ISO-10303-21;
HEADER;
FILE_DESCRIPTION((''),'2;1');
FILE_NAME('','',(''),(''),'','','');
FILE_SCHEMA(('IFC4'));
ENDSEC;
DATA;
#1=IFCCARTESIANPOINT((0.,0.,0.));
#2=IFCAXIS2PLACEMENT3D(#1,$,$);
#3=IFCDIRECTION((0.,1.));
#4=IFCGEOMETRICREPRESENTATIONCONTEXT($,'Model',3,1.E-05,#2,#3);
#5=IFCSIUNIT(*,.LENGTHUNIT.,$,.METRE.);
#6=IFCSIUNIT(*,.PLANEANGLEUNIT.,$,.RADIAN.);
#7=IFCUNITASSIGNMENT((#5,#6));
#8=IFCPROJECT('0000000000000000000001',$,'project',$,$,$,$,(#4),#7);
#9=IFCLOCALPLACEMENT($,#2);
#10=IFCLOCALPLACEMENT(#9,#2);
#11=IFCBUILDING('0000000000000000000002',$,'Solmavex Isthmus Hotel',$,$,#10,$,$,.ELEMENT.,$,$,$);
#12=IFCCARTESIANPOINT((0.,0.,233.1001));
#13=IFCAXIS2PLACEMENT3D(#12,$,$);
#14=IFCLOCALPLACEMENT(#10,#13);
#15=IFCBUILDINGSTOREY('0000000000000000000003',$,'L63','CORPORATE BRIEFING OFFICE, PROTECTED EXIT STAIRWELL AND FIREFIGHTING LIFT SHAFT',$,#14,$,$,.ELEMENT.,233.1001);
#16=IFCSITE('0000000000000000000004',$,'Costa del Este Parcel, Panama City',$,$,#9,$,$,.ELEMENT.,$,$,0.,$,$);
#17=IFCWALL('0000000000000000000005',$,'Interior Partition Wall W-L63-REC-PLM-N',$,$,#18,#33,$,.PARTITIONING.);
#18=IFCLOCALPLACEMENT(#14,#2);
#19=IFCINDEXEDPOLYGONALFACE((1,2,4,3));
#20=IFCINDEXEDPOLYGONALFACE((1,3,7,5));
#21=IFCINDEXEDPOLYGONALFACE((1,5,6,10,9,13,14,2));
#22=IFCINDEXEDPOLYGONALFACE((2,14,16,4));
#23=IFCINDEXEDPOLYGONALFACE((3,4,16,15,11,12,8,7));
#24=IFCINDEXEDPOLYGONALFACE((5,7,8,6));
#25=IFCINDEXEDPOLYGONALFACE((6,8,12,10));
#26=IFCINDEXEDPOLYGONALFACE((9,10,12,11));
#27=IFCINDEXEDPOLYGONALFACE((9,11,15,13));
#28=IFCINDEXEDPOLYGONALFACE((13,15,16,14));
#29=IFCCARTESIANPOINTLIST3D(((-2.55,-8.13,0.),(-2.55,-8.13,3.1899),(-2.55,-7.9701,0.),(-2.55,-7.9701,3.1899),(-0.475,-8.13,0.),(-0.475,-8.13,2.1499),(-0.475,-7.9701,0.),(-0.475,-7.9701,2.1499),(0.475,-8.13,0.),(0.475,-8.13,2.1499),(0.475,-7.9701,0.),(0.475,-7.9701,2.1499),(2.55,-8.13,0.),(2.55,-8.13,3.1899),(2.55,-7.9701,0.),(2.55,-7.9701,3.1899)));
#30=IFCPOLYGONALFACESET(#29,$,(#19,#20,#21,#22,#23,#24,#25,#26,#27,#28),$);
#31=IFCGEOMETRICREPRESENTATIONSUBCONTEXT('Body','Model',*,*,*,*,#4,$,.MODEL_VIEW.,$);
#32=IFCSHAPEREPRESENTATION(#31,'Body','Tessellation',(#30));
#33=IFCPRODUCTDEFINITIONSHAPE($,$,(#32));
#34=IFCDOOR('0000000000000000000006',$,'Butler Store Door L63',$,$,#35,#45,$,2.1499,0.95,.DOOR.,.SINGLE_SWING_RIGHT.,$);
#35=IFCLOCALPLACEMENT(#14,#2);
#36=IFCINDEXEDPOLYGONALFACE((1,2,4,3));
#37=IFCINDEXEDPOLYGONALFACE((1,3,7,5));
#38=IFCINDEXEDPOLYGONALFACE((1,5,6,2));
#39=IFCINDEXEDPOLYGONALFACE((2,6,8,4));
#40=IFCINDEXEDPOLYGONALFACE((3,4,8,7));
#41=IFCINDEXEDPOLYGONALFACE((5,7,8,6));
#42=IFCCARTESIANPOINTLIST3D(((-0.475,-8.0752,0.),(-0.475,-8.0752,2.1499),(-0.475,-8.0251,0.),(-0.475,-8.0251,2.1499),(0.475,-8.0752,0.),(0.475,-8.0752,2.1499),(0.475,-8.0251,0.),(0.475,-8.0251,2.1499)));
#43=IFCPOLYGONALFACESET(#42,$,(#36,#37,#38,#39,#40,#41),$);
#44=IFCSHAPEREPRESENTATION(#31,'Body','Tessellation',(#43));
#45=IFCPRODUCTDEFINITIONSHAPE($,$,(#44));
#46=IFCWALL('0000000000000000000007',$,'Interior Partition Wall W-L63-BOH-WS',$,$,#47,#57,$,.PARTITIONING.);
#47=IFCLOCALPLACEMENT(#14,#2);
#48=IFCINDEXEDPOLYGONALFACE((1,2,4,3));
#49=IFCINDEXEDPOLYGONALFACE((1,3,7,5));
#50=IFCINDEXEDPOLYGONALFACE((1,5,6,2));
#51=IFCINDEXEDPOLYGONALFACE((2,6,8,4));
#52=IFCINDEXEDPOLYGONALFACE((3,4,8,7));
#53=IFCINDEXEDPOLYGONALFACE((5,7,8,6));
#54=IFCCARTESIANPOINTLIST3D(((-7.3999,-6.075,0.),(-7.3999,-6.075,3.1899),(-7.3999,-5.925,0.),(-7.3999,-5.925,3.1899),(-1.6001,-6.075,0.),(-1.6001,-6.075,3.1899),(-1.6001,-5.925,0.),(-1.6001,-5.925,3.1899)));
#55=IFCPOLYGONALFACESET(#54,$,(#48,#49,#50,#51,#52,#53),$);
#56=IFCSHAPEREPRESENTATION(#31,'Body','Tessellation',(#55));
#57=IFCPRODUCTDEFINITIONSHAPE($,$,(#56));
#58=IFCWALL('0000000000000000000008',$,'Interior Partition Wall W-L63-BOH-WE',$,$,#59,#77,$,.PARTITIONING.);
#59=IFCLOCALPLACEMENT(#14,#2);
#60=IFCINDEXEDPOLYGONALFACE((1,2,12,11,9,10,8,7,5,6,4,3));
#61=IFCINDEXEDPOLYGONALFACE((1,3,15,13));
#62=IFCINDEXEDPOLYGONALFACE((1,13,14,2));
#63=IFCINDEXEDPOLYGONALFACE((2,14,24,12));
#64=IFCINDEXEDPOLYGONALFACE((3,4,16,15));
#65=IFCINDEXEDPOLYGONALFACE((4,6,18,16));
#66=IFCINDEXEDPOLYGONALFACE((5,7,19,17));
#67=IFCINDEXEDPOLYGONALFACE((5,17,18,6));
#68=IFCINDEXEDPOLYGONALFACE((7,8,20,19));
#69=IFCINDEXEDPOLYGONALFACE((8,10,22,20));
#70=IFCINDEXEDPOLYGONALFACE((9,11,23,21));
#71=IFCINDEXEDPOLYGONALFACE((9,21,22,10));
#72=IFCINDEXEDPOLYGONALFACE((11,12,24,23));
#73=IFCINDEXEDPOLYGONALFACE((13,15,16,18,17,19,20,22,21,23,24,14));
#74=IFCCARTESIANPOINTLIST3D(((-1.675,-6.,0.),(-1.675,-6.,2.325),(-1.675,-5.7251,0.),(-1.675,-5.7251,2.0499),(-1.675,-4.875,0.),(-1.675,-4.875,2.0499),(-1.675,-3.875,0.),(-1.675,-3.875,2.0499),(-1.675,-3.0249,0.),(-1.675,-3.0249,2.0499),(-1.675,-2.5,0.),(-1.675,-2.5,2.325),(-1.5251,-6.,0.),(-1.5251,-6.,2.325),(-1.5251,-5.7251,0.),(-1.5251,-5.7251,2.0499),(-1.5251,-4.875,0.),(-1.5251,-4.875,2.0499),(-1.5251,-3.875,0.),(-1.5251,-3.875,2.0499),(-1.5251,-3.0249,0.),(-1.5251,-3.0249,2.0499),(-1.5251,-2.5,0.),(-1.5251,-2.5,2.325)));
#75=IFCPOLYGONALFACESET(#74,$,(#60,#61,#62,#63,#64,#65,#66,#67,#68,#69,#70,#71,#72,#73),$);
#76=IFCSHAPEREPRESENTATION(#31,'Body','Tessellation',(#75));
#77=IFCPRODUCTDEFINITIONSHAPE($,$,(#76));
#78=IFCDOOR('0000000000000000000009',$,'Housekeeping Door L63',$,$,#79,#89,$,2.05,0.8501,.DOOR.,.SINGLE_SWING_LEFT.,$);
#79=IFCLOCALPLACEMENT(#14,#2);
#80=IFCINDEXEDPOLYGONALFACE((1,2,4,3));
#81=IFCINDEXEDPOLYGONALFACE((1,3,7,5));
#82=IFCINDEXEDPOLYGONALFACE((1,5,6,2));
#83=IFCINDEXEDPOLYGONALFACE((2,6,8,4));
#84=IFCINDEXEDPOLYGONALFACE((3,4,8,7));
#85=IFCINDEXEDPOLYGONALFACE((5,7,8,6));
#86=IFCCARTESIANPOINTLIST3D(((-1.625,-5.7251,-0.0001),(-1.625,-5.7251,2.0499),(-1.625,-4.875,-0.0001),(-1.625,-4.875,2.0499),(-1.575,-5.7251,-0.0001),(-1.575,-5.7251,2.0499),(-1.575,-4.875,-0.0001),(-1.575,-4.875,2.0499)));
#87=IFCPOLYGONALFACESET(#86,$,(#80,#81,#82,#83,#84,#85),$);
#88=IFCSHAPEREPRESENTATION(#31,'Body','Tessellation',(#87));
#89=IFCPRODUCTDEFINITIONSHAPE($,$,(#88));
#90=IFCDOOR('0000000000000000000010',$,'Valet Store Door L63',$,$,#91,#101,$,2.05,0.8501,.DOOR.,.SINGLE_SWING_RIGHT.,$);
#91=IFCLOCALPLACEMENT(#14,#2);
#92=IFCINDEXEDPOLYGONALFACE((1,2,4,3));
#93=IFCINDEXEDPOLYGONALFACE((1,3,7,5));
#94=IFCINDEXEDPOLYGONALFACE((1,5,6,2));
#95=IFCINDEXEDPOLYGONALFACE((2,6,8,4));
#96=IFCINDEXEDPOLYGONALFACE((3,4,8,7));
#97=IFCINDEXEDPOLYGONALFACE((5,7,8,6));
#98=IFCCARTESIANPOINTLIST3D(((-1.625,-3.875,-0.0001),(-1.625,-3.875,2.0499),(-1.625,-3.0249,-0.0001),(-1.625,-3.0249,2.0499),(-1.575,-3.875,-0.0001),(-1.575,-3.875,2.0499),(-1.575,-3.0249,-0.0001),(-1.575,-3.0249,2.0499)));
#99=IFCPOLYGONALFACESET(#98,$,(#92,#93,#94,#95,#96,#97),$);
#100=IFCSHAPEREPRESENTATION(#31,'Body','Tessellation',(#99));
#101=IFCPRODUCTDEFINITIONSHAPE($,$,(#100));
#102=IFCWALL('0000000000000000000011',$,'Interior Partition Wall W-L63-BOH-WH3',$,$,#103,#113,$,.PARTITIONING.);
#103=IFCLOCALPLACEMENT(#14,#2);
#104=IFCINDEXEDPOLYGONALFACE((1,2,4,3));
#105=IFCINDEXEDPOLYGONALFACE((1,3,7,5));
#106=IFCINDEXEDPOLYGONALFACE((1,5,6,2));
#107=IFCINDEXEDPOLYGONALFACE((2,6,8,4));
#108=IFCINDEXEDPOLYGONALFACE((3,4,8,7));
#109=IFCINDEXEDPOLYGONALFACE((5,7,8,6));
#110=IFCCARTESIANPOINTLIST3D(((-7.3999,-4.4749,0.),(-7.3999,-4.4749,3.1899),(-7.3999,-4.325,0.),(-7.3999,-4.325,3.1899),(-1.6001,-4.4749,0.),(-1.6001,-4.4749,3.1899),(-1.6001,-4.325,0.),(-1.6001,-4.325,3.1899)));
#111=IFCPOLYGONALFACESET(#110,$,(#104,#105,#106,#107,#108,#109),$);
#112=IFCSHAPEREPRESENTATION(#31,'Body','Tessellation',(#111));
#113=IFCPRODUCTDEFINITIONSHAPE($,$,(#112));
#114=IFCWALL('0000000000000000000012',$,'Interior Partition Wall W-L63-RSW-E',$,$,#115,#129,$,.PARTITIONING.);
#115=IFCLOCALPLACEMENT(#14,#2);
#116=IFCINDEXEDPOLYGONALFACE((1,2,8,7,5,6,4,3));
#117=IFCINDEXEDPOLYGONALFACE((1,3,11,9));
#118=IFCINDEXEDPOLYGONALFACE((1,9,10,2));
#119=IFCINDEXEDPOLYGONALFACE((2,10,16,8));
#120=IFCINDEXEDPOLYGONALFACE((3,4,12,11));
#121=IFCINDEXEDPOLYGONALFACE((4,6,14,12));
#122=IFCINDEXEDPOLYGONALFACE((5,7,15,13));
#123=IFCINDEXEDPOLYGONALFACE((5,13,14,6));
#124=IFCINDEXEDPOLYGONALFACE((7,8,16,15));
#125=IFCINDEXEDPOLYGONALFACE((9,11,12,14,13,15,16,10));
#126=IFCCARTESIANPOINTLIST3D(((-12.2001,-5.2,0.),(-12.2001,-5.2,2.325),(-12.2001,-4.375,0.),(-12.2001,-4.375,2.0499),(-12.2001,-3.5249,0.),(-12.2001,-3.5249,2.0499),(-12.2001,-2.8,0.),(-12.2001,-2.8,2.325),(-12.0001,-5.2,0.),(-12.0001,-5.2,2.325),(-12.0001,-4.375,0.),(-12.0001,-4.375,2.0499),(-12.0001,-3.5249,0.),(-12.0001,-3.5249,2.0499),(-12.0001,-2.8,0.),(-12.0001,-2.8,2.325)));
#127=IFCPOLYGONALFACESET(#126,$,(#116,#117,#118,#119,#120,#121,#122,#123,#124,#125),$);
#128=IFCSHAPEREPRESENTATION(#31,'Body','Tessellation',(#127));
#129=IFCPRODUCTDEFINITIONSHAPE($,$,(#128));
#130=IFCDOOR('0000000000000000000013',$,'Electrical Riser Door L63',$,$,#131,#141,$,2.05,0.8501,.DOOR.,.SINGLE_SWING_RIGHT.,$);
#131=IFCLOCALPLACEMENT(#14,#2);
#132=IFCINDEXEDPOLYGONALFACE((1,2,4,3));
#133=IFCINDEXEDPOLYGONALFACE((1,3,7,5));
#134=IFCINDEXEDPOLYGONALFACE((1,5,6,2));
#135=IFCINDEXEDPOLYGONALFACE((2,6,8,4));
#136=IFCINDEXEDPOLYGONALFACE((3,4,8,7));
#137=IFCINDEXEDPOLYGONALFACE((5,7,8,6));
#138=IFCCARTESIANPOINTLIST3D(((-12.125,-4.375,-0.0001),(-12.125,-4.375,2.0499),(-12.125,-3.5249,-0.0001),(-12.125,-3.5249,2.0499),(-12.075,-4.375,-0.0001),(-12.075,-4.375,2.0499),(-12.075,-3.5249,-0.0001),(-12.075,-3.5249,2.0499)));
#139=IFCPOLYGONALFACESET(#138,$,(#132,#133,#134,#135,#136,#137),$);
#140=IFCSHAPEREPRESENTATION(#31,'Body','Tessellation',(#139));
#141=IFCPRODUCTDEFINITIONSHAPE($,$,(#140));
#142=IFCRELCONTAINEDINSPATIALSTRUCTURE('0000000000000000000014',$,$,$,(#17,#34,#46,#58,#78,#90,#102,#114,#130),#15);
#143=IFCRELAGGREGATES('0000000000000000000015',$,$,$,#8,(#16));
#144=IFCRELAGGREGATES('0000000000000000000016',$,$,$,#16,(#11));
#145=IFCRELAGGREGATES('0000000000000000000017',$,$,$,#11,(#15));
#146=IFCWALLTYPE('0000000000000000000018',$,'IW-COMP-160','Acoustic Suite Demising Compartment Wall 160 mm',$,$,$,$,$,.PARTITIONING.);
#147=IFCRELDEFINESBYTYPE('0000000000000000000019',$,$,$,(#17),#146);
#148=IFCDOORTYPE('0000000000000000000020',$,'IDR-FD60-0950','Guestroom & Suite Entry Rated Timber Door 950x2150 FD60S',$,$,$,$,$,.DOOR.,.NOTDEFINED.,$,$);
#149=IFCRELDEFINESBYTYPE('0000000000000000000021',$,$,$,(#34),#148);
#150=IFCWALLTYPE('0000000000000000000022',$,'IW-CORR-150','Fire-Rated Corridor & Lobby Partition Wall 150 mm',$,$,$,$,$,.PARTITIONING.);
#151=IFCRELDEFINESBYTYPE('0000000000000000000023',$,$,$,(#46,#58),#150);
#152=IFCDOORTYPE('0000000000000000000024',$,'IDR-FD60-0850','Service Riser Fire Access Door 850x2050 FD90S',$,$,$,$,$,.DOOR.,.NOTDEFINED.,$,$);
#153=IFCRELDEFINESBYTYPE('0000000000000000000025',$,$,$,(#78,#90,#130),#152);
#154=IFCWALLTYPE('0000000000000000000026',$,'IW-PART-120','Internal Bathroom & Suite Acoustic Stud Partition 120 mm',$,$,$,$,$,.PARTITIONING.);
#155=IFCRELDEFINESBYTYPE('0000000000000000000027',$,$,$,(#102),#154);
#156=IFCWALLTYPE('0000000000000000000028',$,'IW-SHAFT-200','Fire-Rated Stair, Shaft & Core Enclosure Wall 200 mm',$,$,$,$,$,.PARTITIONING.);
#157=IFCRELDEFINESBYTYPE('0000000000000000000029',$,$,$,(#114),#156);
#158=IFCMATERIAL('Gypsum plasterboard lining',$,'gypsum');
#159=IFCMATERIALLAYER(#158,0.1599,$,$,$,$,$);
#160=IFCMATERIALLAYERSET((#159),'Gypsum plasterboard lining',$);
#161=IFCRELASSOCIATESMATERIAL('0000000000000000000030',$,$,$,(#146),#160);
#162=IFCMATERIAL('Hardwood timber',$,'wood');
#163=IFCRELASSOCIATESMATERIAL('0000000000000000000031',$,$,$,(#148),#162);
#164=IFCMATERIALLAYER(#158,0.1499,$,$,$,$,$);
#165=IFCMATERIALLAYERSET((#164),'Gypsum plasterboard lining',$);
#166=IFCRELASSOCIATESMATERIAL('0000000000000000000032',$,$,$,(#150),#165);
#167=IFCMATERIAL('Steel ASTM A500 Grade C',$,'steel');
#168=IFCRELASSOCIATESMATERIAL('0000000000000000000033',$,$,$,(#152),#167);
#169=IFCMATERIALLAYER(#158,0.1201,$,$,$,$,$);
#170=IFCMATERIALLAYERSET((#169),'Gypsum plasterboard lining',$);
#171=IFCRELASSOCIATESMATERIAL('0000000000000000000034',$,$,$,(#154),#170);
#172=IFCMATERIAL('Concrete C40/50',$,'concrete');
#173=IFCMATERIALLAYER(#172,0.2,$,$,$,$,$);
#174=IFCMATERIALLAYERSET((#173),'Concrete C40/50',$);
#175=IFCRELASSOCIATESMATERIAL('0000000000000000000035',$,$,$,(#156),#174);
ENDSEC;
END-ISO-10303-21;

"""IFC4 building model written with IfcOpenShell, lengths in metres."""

from ifc_helpers import new_model, si_unit, direction, frame, frame_2d, origin, place, context, subcontext, project, spatial, rectangle, extrude, material, layer, layer_set, type_object, element, fill, save


model = new_model("IFC4")

# Units and contexts
model_context = context("Model", 3, precision=1e-05, world=origin(), true_north=direction((0.0, 1.0)))
body_context = subcontext(model_context, "Body", "Model", "MODEL_VIEW")
ifc_project = project(units=[si_unit("LENGTHUNIT", "METRE"), si_unit("PLANEANGLEUNIT", "RADIAN")], contexts=[model_context])

# Site, building, storey
site_placement = place(None, origin())
site = spatial("IfcSite", under=ifc_project, at=site_placement, Name="Costa del Este Parcel, Panama City", CompositionType="ELEMENT", RefElevation=0.0)
building_placement = place(site_placement, origin())
building = spatial("IfcBuilding", under=site, at=building_placement, Name="Solmavex Isthmus Hotel", CompositionType="ELEMENT")
storey_placement = place(building_placement, frame((0.0, 0.0, 233.1001)))
storey = spatial("IfcBuildingStorey", under=building, at=storey_placement, Name="L63", Description="CORPORATE BRIEFING OFFICE, PROTECTED EXIT STAIRWELL AND FIREFIGHTING LIFT SHAFT", CompositionType="ELEMENT", Elevation=233.1001)

# Wall, opening, door
ifc_material_1 = material(Name="Gypsum plasterboard lining", Category="gypsum")
ifc_layer_1 = layer(ifc_material_1, 0.1599)
ifc_layer_set_1 = layer_set([ifc_layer_1], Name="Gypsum plasterboard lining")
wall_type_1 = type_object("IfcWallType", Name="IW-COMP-160", Description="Acoustic Suite Demising Compartment Wall 160 mm", PredefinedType="PARTITIONING", material=ifc_layer_set_1)
ifc_material_2 = material(Name="Hardwood timber", Category="wood")
door_type_1 = type_object("IfcDoorType", Name="IDR-FD60-0950", Description="Guestroom & Suite Entry Rated Timber Door 950x2150 FD60S", OperationType="NOTDEFINED", PredefinedType="DOOR", material=ifc_material_2)
wall_1_placement = place(storey_placement, frame((-2.55, -8.05, 0.0), z_axis=(0.0, 0.0, 1.0), x_axis=(1.0, 0.0, 0.0)))
wall_1 = element("IfcWall", 1, at=wall_1_placement, inside=storey, type_object=wall_type_1, Name="Interior Partition Wall W-L63-REC-PLM-N", PredefinedType="PARTITIONING", context=body_context, shape_type="SweptSolid", body=[
    extrude(rectangle(XDim=5.1001, YDim=0.1599, at=frame_2d((2.55, 0.0))), origin(), (0.0, 0.0, 1.0), 3.1899),
])
opening_1_placement = place(wall_1_placement, frame((2.075, 0.0, 0.0)))
opening_1 = element("IfcOpeningElement", 2, at=opening_1_placement, cuts=wall_1, PredefinedType="OPENING", context=body_context, shape_type="SweptSolid", body=[
    extrude(rectangle(XDim=0.95, YDim=2.1499, at=frame_2d((0.4751, 1.075))), frame((0.0, 0.0898, 0.0), z_axis=(0.0, -1.0, 0.0), x_axis=(1.0, 0.0, 0.0)), (0.0, 0.0, 1.0), 0.1799),
])
door_1_placement = place(opening_1_placement, origin())
door_1 = element("IfcDoor", 3, at=door_1_placement, inside=storey, type_object=door_type_1, Name="Butler Store Door L63", OperationType="SINGLE_SWING_RIGHT", OverallHeight=2.1499, OverallWidth=0.95, PredefinedType="DOOR", context=body_context, shape_type="SweptSolid", body=[
    extrude(rectangle(XDim=0.95, YDim=2.1499, at=frame_2d((0.4751, 1.075))), frame((0.0, 0.0249, 0.0), z_axis=(0.0, -1.0, 0.0), x_axis=(1.0, 0.0, 0.0)), (0.0, 0.0, 1.0), 0.05),
])
fill(opening_1, door_1)

# Wall
ifc_layer_2 = layer(ifc_material_1, 0.1499)
ifc_layer_set_2 = layer_set([ifc_layer_2], Name="Gypsum plasterboard lining")
wall_type_2 = type_object("IfcWallType", Name="IW-CORR-150", Description="Fire-Rated Corridor & Lobby Partition Wall 150 mm", PredefinedType="PARTITIONING", material=ifc_layer_set_2)
wall_2_placement = place(storey_placement, frame((-7.3999, -6.0, 0.0), z_axis=(0.0, 0.0, 1.0), x_axis=(1.0, 0.0, 0.0)))
element("IfcWall", 4, at=wall_2_placement, inside=storey, type_object=wall_type_2, Name="Interior Partition Wall W-L63-BOH-WS", PredefinedType="PARTITIONING", context=body_context, shape_type="SweptSolid", body=[
    extrude(rectangle(XDim=5.7998, YDim=0.1499, at=frame_2d((2.8999, 0.0))), origin(), (0.0, 0.0, 1.0), 3.1899),
])

# Wall, openings, doors
wall_3_placement = place(storey_placement, frame((-1.6001, -6.0, 0.0), z_axis=(0.0, 0.0, 1.0), x_axis=(0.0, 1.0, 0.0)))
wall_3 = element("IfcWall", 5, at=wall_3_placement, inside=storey, type_object=wall_type_2, Name="Interior Partition Wall W-L63-BOH-WE", PredefinedType="PARTITIONING", context=body_context, shape_type="SweptSolid", body=[
    extrude(rectangle(XDim=3.5, YDim=0.1499, at=frame_2d((1.75, 0.0))), origin(), (0.0, 0.0, 1.0), 2.325),
])
opening_2_placement = place(wall_3_placement, frame((0.2749, 0.0, 0.0)))
opening_2 = element("IfcOpeningElement", 6, at=opening_2_placement, cuts=wall_3, PredefinedType="OPENING", context=body_context, shape_type="SweptSolid", body=[
    extrude(rectangle(XDim=0.8501, YDim=2.05, at=frame_2d((0.425, 1.0249))), frame((0.0, 0.085, 0.0), z_axis=(0.0, -1.0, 0.0), x_axis=(1.0, 0.0, 0.0)), (0.0, 0.0, 1.0), 0.1699),
])
opening_3_placement = place(wall_3_placement, frame((2.125, 0.0, 0.0)))
opening_3 = element("IfcOpeningElement", 7, at=opening_3_placement, cuts=wall_3, PredefinedType="OPENING", context=body_context, shape_type="SweptSolid", body=[
    extrude(rectangle(XDim=0.8501, YDim=2.05, at=frame_2d((0.425, 1.0249))), frame((0.0, 0.085, 0.0), z_axis=(0.0, -1.0, 0.0), x_axis=(1.0, 0.0, 0.0)), (0.0, 0.0, 1.0), 0.1699),
])
ifc_material_3 = material(Name="Steel ASTM A500 Grade C", Category="steel")
door_type_2 = type_object("IfcDoorType", Name="IDR-FD60-0850", Description="Service Riser Fire Access Door 850x2050 FD90S", OperationType="NOTDEFINED", PredefinedType="DOOR", material=ifc_material_3)
door_2_placement = place(opening_2_placement, origin())
door_2 = element("IfcDoor", 8, at=door_2_placement, inside=storey, type_object=door_type_2, Name="Housekeeping Door L63", OperationType="SINGLE_SWING_LEFT", OverallHeight=2.05, OverallWidth=0.8501, PredefinedType="DOOR", context=body_context, shape_type="SweptSolid", body=[
    extrude(rectangle(XDim=0.8501, YDim=2.05, at=frame_2d((0.425, 1.0249))), frame((0.0, 0.0249, 0.0), z_axis=(0.0, -1.0, 0.0), x_axis=(1.0, 0.0, 0.0)), (0.0, 0.0, 1.0), 0.05),
])
fill(opening_2, door_2)
door_3_placement = place(opening_3_placement, origin())
door_3 = element("IfcDoor", 9, at=door_3_placement, inside=storey, type_object=door_type_2, Name="Valet Store Door L63", OperationType="SINGLE_SWING_RIGHT", OverallHeight=2.05, OverallWidth=0.8501, PredefinedType="DOOR", context=body_context, shape_type="SweptSolid", body=[
    extrude(rectangle(XDim=0.8501, YDim=2.05, at=frame_2d((0.425, 1.0249))), frame((0.0, 0.0249, 0.0), z_axis=(0.0, -1.0, 0.0), x_axis=(1.0, 0.0, 0.0)), (0.0, 0.0, 1.0), 0.05),
])
fill(opening_3, door_3)

# Wall
ifc_layer_3 = layer(ifc_material_1, 0.1201)
ifc_layer_set_3 = layer_set([ifc_layer_3], Name="Gypsum plasterboard lining")
wall_type_3 = type_object("IfcWallType", Name="IW-PART-120", Description="Internal Bathroom & Suite Acoustic Stud Partition 120 mm", PredefinedType="PARTITIONING", material=ifc_layer_set_3)
wall_4_placement = place(storey_placement, frame((-7.3999, -4.3999, 0.0), z_axis=(0.0, 0.0, 1.0), x_axis=(1.0, 0.0, 0.0)))
element("IfcWall", 10, at=wall_4_placement, inside=storey, type_object=wall_type_3, Name="Interior Partition Wall W-L63-BOH-WH3", PredefinedType="PARTITIONING", context=body_context, shape_type="SweptSolid", body=[
    extrude(rectangle(XDim=5.7998, YDim=0.1499, at=frame_2d((2.8999, 0.0))), origin(), (0.0, 0.0, 1.0), 3.1899),
])

# Wall, opening, door
ifc_material_4 = material(Name="Concrete C40/50", Category="concrete")
ifc_layer_4 = layer(ifc_material_4, 0.2)
ifc_layer_set_4 = layer_set([ifc_layer_4], Name="Concrete C40/50")
wall_type_4 = type_object("IfcWallType", Name="IW-SHAFT-200", Description="Fire-Rated Stair, Shaft & Core Enclosure Wall 200 mm", PredefinedType="PARTITIONING", material=ifc_layer_set_4)
wall_5_placement = place(storey_placement, frame((-12.1001, -5.2, 0.0), z_axis=(0.0, 0.0, 1.0), x_axis=(0.0, 1.0, 0.0)))
wall_5 = element("IfcWall", 11, at=wall_5_placement, inside=storey, type_object=wall_type_4, Name="Interior Partition Wall W-L63-RSW-E", PredefinedType="PARTITIONING", context=body_context, shape_type="SweptSolid", body=[
    extrude(rectangle(XDim=2.3999, YDim=0.2, at=frame_2d((1.2, 0.0))), origin(), (0.0, 0.0, 1.0), 2.325),
])
opening_4_placement = place(wall_5_placement, frame((0.825, 0.0, 0.0)))
opening_4 = element("IfcOpeningElement", 12, at=opening_4_placement, cuts=wall_5, PredefinedType="OPENING", context=body_context, shape_type="SweptSolid", body=[
    extrude(rectangle(XDim=0.8501, YDim=2.05, at=frame_2d((0.425, 1.0249))), frame((0.0, 0.1099, 0.0), z_axis=(0.0, -1.0, 0.0), x_axis=(1.0, 0.0, 0.0)), (0.0, 0.0, 1.0), 0.22),
])
door_4_placement = place(opening_4_placement, origin())
door_4 = element("IfcDoor", 13, at=door_4_placement, inside=storey, type_object=door_type_2, Name="Electrical Riser Door L63", OperationType="SINGLE_SWING_RIGHT", OverallHeight=2.05, OverallWidth=0.8501, PredefinedType="DOOR", context=body_context, shape_type="SweptSolid", body=[
    extrude(rectangle(XDim=0.8501, YDim=2.05, at=frame_2d((0.425, 1.0249))), frame((0.0, 0.0249, 0.0), z_axis=(0.0, -1.0, 0.0), x_axis=(1.0, 0.0, 0.0)), (0.0, 0.0, 1.0), 0.05),
])
fill(opening_4, door_4)

save(model, "model.ifc")
